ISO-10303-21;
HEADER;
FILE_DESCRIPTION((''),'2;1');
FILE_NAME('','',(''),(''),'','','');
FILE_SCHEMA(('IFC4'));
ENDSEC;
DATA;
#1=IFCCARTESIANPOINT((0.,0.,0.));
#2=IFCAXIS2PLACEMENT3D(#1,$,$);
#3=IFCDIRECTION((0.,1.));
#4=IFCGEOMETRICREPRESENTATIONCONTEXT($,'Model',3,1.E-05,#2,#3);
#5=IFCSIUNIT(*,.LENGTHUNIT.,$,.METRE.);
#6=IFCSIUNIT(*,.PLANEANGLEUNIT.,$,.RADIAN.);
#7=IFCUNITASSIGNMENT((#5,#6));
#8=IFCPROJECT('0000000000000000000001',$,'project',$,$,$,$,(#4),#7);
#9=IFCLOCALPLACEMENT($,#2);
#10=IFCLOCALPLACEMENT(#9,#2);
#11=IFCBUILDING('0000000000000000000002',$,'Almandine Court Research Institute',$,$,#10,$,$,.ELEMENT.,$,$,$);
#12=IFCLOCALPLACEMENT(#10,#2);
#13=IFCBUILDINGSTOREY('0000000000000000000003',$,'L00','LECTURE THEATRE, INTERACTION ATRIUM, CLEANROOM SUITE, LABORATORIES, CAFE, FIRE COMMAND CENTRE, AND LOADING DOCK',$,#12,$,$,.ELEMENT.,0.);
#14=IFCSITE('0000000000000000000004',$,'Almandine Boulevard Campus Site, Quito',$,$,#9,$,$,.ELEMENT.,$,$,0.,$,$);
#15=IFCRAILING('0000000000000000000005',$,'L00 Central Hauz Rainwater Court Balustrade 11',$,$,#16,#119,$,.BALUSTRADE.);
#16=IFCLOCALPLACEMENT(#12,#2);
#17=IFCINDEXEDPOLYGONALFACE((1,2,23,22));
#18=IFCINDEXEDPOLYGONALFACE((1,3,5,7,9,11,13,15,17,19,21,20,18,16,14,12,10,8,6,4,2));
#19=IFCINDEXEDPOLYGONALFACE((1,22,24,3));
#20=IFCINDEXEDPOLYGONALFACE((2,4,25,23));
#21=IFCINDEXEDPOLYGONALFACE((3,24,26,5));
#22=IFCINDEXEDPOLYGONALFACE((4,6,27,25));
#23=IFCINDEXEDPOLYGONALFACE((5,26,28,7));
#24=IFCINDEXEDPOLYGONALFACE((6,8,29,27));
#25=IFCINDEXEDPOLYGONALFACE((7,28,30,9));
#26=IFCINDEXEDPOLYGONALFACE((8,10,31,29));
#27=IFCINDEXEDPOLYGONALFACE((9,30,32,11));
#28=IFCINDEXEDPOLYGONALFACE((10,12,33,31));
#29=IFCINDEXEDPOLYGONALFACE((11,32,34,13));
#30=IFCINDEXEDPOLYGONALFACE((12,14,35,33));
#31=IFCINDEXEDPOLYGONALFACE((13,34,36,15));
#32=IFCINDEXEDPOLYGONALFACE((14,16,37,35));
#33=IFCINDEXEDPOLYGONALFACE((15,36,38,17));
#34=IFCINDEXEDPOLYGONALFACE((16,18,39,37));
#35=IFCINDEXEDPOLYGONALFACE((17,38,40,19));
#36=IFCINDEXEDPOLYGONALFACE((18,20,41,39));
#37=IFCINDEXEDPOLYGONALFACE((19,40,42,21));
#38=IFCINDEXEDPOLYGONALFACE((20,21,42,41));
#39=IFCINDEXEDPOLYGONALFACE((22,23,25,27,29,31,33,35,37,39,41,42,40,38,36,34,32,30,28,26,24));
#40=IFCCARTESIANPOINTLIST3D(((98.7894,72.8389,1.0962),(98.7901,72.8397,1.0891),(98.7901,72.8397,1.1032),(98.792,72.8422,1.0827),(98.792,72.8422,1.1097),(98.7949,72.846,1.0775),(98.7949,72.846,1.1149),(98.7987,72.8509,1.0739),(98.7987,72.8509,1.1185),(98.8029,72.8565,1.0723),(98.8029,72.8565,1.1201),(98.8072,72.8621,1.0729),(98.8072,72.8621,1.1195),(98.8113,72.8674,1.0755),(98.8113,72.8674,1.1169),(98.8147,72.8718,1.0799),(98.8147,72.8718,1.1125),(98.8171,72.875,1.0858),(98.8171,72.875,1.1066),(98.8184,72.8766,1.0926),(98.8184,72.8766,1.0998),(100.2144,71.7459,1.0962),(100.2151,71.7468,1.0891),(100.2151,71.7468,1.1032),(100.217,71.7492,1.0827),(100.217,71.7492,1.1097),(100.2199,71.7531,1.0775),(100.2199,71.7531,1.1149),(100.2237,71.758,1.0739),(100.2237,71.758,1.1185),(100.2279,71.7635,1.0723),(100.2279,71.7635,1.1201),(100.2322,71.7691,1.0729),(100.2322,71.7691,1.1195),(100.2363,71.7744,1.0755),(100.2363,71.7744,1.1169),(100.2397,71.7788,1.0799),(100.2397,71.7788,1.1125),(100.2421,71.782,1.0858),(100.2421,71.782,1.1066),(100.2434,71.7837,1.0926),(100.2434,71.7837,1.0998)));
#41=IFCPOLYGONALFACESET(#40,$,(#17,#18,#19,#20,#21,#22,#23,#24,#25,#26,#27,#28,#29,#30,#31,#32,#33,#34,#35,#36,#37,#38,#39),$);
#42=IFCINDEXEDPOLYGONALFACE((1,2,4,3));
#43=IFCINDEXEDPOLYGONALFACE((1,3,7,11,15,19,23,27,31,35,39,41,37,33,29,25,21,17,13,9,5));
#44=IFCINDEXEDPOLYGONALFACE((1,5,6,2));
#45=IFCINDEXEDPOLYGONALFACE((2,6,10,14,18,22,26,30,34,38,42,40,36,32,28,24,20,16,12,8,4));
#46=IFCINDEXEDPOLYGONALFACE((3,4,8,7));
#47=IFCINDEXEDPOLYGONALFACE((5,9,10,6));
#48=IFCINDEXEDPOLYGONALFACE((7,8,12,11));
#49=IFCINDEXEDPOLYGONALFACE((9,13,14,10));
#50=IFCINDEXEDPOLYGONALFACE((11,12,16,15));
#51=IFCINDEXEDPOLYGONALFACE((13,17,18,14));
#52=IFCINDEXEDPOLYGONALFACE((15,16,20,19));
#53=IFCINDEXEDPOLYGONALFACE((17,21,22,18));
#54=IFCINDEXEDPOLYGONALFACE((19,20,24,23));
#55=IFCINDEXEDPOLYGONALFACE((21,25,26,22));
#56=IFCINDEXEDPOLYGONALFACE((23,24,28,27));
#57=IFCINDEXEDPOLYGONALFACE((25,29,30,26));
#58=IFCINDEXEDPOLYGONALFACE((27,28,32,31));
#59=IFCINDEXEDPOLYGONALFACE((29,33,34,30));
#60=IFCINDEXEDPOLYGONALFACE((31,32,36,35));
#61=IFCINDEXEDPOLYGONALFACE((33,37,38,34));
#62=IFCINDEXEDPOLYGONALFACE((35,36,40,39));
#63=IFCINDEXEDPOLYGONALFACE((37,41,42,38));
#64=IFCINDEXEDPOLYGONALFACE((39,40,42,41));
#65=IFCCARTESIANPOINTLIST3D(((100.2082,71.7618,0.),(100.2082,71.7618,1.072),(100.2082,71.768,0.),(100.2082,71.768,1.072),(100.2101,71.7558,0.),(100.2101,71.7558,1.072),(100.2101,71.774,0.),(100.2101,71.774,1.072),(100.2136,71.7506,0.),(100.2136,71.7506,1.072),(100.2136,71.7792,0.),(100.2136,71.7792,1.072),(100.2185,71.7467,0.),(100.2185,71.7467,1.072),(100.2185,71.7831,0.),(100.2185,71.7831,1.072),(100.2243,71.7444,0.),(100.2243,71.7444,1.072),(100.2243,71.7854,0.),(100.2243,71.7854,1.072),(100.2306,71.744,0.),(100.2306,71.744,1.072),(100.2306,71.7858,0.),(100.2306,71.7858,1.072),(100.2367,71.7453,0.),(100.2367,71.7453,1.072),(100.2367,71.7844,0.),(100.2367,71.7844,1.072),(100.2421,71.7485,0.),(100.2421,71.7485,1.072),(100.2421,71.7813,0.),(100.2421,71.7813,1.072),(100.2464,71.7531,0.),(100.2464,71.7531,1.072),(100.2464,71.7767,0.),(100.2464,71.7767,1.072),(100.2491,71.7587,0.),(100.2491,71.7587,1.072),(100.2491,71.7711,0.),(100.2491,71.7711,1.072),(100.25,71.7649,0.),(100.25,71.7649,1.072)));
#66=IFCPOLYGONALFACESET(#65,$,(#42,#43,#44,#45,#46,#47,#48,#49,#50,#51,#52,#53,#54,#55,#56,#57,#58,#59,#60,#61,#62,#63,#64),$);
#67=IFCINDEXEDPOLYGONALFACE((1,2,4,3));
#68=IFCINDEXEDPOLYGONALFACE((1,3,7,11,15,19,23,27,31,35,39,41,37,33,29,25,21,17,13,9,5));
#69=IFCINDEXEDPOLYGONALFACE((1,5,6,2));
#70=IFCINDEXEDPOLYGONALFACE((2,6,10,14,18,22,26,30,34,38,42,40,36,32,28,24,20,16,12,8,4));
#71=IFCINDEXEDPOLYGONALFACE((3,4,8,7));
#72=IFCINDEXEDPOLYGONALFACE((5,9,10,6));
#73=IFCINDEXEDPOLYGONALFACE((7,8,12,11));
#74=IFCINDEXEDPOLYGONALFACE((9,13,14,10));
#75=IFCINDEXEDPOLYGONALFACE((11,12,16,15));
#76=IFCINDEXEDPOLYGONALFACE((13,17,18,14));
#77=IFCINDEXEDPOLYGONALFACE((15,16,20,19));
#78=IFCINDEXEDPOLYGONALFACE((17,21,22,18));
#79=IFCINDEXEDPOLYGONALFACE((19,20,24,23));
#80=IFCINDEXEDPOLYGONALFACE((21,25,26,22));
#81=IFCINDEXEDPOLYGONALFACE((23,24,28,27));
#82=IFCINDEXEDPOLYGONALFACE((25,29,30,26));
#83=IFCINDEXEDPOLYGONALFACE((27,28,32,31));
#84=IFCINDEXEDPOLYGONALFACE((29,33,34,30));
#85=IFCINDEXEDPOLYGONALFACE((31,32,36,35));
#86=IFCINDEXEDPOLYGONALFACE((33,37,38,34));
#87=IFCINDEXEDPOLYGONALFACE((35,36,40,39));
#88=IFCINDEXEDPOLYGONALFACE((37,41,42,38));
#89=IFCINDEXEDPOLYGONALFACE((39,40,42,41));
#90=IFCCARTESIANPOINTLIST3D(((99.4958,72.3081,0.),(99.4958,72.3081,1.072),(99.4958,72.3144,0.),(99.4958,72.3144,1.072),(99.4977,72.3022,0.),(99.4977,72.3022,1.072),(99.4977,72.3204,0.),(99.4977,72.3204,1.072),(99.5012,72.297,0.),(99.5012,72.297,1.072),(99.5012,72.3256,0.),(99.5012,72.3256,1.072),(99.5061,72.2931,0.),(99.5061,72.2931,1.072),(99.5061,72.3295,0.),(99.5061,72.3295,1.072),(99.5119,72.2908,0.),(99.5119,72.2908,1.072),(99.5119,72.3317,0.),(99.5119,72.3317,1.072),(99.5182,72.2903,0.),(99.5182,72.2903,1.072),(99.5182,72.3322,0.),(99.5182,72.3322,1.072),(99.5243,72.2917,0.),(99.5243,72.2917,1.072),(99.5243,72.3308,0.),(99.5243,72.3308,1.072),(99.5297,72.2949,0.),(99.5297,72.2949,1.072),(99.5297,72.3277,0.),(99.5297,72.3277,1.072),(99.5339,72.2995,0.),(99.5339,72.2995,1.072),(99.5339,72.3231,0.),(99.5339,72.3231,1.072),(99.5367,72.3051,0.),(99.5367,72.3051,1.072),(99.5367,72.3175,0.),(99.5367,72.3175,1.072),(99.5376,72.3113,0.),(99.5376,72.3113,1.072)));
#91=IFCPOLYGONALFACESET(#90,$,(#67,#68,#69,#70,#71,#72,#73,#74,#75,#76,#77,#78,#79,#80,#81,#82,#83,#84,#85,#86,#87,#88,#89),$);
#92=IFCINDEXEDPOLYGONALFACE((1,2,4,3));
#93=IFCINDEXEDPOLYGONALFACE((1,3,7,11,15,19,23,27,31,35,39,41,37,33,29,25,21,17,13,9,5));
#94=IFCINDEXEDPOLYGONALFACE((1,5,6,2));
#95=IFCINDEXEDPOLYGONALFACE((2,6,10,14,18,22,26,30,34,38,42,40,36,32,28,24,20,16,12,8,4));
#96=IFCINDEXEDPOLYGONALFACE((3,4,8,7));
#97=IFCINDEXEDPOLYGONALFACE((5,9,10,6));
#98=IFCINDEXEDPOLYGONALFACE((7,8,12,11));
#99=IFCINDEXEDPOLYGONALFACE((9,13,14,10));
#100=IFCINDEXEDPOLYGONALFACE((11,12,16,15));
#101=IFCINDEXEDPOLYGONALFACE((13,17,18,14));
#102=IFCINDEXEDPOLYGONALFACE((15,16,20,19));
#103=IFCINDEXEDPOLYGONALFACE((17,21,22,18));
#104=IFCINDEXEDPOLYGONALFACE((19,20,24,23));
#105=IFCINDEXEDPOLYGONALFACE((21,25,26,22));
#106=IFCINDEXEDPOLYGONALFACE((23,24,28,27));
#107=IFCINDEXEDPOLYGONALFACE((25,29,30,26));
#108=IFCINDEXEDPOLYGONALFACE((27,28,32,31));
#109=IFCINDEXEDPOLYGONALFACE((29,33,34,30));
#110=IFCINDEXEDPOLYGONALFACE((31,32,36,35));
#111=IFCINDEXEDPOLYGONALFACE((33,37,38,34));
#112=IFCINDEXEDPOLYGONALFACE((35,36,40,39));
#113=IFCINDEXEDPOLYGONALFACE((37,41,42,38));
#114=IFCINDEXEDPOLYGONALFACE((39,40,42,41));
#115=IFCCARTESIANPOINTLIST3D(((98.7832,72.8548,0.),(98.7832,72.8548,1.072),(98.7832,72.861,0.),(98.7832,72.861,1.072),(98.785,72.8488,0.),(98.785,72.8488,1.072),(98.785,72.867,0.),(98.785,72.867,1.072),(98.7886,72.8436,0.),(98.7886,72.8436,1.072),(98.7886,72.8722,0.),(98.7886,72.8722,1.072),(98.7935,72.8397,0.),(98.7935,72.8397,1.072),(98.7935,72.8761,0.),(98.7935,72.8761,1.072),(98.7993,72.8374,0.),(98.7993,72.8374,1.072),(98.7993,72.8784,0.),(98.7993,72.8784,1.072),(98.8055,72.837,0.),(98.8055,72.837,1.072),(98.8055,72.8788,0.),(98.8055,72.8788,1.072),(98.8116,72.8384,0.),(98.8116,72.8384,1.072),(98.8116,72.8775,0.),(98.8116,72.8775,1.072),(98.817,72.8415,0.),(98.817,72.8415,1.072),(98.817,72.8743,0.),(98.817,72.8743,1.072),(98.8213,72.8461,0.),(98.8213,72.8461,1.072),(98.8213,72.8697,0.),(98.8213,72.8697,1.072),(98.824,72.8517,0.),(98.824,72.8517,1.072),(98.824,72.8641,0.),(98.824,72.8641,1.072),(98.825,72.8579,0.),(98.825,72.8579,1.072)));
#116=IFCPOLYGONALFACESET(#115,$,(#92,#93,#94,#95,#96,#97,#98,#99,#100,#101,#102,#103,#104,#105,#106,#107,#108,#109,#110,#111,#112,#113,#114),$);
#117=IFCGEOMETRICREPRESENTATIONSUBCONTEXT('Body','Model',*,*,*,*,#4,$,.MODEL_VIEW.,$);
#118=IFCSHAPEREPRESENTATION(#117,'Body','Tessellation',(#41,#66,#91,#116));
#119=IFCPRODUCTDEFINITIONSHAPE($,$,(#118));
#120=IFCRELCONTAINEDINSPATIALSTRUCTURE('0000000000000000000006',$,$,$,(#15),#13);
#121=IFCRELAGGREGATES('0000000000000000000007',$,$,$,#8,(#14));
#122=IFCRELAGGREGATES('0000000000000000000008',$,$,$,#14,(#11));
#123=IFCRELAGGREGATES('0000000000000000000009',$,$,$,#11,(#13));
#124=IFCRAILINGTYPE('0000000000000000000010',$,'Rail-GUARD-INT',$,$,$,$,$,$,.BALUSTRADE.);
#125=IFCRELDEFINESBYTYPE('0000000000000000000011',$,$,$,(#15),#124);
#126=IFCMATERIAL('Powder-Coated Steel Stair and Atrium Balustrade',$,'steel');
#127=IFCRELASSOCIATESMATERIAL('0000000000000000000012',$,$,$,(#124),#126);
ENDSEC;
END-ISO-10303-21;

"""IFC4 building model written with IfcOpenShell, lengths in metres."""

from ifc_helpers import new_model, si_unit, direction, frame, origin, origin_2d, place, context, subcontext, project, spatial, circle, extrude, material, type_object, element, save


model = new_model("IFC4")

# Units and contexts
model_context = context("Model", 3, precision=1e-05, world=origin(), true_north=direction((0.0, 1.0)))
body_context = subcontext(model_context, "Body", "Model", "MODEL_VIEW")
ifc_project = project(units=[si_unit("LENGTHUNIT", "METRE"), si_unit("PLANEANGLEUNIT", "RADIAN")], contexts=[model_context])

# Site, building, storey
site_placement = place(None, origin())
site = spatial("IfcSite", under=ifc_project, at=site_placement, Name="Almandine Boulevard Campus Site, Quito", CompositionType="ELEMENT", RefElevation=0.0)
building_placement = place(site_placement, origin())
building = spatial("IfcBuilding", under=site, at=building_placement, Name="Almandine Court Research Institute", CompositionType="ELEMENT")
storey_placement = place(building_placement, origin())
storey = spatial("IfcBuildingStorey", under=building, at=storey_placement, Name="L00", Description="LECTURE THEATRE, INTERACTION ATRIUM, CLEANROOM SUITE, LABORATORIES, CAFE, FIRE COMMAND CENTRE, AND LOADING DOCK", CompositionType="ELEMENT", Elevation=0.0)

# Railing
ifc_material_1 = material(Name="Powder-Coated Steel Stair and Atrium Balustrade", Category="steel")
railing_type = type_object("IfcRailingType", Name="Rail-GUARD-INT", PredefinedType="BALUSTRADE", material=ifc_material_1)
railing_1_placement = place(storey_placement, frame((100.229, 71.7649, 0.0)))
element("IfcRailing", 1, at=railing_1_placement, inside=storey, type_object=railing_type, Name="L00 Central Hauz Rainwater Court Balustrade 11", PredefinedType="BALUSTRADE", context=body_context, shape_type="SweptSolid", body=[
    extrude(circle(Radius=0.0239, at=origin_2d()), frame((0.0, 0.0, 1.0962), z_axis=(-0.793477, 0.6086, 0.0), x_axis=(-0.6086, -0.793477, 0.0)), (0.0, 0.0, 1.0), 1.7959),
    extrude(circle(Radius=0.021, at=origin_2d()), origin(), (0.0, 0.0, 1.0), 1.072),
    extrude(circle(Radius=0.021, at=origin_2d()), frame((-0.7124, 0.5464, 0.0)), (0.0, 0.0, 1.0), 1.072),
    extrude(circle(Radius=0.021, at=origin_2d()), frame((-1.425, 1.093, 0.0)), (0.0, 0.0, 1.0), 1.072),
])

save(model, "model.ifc")
